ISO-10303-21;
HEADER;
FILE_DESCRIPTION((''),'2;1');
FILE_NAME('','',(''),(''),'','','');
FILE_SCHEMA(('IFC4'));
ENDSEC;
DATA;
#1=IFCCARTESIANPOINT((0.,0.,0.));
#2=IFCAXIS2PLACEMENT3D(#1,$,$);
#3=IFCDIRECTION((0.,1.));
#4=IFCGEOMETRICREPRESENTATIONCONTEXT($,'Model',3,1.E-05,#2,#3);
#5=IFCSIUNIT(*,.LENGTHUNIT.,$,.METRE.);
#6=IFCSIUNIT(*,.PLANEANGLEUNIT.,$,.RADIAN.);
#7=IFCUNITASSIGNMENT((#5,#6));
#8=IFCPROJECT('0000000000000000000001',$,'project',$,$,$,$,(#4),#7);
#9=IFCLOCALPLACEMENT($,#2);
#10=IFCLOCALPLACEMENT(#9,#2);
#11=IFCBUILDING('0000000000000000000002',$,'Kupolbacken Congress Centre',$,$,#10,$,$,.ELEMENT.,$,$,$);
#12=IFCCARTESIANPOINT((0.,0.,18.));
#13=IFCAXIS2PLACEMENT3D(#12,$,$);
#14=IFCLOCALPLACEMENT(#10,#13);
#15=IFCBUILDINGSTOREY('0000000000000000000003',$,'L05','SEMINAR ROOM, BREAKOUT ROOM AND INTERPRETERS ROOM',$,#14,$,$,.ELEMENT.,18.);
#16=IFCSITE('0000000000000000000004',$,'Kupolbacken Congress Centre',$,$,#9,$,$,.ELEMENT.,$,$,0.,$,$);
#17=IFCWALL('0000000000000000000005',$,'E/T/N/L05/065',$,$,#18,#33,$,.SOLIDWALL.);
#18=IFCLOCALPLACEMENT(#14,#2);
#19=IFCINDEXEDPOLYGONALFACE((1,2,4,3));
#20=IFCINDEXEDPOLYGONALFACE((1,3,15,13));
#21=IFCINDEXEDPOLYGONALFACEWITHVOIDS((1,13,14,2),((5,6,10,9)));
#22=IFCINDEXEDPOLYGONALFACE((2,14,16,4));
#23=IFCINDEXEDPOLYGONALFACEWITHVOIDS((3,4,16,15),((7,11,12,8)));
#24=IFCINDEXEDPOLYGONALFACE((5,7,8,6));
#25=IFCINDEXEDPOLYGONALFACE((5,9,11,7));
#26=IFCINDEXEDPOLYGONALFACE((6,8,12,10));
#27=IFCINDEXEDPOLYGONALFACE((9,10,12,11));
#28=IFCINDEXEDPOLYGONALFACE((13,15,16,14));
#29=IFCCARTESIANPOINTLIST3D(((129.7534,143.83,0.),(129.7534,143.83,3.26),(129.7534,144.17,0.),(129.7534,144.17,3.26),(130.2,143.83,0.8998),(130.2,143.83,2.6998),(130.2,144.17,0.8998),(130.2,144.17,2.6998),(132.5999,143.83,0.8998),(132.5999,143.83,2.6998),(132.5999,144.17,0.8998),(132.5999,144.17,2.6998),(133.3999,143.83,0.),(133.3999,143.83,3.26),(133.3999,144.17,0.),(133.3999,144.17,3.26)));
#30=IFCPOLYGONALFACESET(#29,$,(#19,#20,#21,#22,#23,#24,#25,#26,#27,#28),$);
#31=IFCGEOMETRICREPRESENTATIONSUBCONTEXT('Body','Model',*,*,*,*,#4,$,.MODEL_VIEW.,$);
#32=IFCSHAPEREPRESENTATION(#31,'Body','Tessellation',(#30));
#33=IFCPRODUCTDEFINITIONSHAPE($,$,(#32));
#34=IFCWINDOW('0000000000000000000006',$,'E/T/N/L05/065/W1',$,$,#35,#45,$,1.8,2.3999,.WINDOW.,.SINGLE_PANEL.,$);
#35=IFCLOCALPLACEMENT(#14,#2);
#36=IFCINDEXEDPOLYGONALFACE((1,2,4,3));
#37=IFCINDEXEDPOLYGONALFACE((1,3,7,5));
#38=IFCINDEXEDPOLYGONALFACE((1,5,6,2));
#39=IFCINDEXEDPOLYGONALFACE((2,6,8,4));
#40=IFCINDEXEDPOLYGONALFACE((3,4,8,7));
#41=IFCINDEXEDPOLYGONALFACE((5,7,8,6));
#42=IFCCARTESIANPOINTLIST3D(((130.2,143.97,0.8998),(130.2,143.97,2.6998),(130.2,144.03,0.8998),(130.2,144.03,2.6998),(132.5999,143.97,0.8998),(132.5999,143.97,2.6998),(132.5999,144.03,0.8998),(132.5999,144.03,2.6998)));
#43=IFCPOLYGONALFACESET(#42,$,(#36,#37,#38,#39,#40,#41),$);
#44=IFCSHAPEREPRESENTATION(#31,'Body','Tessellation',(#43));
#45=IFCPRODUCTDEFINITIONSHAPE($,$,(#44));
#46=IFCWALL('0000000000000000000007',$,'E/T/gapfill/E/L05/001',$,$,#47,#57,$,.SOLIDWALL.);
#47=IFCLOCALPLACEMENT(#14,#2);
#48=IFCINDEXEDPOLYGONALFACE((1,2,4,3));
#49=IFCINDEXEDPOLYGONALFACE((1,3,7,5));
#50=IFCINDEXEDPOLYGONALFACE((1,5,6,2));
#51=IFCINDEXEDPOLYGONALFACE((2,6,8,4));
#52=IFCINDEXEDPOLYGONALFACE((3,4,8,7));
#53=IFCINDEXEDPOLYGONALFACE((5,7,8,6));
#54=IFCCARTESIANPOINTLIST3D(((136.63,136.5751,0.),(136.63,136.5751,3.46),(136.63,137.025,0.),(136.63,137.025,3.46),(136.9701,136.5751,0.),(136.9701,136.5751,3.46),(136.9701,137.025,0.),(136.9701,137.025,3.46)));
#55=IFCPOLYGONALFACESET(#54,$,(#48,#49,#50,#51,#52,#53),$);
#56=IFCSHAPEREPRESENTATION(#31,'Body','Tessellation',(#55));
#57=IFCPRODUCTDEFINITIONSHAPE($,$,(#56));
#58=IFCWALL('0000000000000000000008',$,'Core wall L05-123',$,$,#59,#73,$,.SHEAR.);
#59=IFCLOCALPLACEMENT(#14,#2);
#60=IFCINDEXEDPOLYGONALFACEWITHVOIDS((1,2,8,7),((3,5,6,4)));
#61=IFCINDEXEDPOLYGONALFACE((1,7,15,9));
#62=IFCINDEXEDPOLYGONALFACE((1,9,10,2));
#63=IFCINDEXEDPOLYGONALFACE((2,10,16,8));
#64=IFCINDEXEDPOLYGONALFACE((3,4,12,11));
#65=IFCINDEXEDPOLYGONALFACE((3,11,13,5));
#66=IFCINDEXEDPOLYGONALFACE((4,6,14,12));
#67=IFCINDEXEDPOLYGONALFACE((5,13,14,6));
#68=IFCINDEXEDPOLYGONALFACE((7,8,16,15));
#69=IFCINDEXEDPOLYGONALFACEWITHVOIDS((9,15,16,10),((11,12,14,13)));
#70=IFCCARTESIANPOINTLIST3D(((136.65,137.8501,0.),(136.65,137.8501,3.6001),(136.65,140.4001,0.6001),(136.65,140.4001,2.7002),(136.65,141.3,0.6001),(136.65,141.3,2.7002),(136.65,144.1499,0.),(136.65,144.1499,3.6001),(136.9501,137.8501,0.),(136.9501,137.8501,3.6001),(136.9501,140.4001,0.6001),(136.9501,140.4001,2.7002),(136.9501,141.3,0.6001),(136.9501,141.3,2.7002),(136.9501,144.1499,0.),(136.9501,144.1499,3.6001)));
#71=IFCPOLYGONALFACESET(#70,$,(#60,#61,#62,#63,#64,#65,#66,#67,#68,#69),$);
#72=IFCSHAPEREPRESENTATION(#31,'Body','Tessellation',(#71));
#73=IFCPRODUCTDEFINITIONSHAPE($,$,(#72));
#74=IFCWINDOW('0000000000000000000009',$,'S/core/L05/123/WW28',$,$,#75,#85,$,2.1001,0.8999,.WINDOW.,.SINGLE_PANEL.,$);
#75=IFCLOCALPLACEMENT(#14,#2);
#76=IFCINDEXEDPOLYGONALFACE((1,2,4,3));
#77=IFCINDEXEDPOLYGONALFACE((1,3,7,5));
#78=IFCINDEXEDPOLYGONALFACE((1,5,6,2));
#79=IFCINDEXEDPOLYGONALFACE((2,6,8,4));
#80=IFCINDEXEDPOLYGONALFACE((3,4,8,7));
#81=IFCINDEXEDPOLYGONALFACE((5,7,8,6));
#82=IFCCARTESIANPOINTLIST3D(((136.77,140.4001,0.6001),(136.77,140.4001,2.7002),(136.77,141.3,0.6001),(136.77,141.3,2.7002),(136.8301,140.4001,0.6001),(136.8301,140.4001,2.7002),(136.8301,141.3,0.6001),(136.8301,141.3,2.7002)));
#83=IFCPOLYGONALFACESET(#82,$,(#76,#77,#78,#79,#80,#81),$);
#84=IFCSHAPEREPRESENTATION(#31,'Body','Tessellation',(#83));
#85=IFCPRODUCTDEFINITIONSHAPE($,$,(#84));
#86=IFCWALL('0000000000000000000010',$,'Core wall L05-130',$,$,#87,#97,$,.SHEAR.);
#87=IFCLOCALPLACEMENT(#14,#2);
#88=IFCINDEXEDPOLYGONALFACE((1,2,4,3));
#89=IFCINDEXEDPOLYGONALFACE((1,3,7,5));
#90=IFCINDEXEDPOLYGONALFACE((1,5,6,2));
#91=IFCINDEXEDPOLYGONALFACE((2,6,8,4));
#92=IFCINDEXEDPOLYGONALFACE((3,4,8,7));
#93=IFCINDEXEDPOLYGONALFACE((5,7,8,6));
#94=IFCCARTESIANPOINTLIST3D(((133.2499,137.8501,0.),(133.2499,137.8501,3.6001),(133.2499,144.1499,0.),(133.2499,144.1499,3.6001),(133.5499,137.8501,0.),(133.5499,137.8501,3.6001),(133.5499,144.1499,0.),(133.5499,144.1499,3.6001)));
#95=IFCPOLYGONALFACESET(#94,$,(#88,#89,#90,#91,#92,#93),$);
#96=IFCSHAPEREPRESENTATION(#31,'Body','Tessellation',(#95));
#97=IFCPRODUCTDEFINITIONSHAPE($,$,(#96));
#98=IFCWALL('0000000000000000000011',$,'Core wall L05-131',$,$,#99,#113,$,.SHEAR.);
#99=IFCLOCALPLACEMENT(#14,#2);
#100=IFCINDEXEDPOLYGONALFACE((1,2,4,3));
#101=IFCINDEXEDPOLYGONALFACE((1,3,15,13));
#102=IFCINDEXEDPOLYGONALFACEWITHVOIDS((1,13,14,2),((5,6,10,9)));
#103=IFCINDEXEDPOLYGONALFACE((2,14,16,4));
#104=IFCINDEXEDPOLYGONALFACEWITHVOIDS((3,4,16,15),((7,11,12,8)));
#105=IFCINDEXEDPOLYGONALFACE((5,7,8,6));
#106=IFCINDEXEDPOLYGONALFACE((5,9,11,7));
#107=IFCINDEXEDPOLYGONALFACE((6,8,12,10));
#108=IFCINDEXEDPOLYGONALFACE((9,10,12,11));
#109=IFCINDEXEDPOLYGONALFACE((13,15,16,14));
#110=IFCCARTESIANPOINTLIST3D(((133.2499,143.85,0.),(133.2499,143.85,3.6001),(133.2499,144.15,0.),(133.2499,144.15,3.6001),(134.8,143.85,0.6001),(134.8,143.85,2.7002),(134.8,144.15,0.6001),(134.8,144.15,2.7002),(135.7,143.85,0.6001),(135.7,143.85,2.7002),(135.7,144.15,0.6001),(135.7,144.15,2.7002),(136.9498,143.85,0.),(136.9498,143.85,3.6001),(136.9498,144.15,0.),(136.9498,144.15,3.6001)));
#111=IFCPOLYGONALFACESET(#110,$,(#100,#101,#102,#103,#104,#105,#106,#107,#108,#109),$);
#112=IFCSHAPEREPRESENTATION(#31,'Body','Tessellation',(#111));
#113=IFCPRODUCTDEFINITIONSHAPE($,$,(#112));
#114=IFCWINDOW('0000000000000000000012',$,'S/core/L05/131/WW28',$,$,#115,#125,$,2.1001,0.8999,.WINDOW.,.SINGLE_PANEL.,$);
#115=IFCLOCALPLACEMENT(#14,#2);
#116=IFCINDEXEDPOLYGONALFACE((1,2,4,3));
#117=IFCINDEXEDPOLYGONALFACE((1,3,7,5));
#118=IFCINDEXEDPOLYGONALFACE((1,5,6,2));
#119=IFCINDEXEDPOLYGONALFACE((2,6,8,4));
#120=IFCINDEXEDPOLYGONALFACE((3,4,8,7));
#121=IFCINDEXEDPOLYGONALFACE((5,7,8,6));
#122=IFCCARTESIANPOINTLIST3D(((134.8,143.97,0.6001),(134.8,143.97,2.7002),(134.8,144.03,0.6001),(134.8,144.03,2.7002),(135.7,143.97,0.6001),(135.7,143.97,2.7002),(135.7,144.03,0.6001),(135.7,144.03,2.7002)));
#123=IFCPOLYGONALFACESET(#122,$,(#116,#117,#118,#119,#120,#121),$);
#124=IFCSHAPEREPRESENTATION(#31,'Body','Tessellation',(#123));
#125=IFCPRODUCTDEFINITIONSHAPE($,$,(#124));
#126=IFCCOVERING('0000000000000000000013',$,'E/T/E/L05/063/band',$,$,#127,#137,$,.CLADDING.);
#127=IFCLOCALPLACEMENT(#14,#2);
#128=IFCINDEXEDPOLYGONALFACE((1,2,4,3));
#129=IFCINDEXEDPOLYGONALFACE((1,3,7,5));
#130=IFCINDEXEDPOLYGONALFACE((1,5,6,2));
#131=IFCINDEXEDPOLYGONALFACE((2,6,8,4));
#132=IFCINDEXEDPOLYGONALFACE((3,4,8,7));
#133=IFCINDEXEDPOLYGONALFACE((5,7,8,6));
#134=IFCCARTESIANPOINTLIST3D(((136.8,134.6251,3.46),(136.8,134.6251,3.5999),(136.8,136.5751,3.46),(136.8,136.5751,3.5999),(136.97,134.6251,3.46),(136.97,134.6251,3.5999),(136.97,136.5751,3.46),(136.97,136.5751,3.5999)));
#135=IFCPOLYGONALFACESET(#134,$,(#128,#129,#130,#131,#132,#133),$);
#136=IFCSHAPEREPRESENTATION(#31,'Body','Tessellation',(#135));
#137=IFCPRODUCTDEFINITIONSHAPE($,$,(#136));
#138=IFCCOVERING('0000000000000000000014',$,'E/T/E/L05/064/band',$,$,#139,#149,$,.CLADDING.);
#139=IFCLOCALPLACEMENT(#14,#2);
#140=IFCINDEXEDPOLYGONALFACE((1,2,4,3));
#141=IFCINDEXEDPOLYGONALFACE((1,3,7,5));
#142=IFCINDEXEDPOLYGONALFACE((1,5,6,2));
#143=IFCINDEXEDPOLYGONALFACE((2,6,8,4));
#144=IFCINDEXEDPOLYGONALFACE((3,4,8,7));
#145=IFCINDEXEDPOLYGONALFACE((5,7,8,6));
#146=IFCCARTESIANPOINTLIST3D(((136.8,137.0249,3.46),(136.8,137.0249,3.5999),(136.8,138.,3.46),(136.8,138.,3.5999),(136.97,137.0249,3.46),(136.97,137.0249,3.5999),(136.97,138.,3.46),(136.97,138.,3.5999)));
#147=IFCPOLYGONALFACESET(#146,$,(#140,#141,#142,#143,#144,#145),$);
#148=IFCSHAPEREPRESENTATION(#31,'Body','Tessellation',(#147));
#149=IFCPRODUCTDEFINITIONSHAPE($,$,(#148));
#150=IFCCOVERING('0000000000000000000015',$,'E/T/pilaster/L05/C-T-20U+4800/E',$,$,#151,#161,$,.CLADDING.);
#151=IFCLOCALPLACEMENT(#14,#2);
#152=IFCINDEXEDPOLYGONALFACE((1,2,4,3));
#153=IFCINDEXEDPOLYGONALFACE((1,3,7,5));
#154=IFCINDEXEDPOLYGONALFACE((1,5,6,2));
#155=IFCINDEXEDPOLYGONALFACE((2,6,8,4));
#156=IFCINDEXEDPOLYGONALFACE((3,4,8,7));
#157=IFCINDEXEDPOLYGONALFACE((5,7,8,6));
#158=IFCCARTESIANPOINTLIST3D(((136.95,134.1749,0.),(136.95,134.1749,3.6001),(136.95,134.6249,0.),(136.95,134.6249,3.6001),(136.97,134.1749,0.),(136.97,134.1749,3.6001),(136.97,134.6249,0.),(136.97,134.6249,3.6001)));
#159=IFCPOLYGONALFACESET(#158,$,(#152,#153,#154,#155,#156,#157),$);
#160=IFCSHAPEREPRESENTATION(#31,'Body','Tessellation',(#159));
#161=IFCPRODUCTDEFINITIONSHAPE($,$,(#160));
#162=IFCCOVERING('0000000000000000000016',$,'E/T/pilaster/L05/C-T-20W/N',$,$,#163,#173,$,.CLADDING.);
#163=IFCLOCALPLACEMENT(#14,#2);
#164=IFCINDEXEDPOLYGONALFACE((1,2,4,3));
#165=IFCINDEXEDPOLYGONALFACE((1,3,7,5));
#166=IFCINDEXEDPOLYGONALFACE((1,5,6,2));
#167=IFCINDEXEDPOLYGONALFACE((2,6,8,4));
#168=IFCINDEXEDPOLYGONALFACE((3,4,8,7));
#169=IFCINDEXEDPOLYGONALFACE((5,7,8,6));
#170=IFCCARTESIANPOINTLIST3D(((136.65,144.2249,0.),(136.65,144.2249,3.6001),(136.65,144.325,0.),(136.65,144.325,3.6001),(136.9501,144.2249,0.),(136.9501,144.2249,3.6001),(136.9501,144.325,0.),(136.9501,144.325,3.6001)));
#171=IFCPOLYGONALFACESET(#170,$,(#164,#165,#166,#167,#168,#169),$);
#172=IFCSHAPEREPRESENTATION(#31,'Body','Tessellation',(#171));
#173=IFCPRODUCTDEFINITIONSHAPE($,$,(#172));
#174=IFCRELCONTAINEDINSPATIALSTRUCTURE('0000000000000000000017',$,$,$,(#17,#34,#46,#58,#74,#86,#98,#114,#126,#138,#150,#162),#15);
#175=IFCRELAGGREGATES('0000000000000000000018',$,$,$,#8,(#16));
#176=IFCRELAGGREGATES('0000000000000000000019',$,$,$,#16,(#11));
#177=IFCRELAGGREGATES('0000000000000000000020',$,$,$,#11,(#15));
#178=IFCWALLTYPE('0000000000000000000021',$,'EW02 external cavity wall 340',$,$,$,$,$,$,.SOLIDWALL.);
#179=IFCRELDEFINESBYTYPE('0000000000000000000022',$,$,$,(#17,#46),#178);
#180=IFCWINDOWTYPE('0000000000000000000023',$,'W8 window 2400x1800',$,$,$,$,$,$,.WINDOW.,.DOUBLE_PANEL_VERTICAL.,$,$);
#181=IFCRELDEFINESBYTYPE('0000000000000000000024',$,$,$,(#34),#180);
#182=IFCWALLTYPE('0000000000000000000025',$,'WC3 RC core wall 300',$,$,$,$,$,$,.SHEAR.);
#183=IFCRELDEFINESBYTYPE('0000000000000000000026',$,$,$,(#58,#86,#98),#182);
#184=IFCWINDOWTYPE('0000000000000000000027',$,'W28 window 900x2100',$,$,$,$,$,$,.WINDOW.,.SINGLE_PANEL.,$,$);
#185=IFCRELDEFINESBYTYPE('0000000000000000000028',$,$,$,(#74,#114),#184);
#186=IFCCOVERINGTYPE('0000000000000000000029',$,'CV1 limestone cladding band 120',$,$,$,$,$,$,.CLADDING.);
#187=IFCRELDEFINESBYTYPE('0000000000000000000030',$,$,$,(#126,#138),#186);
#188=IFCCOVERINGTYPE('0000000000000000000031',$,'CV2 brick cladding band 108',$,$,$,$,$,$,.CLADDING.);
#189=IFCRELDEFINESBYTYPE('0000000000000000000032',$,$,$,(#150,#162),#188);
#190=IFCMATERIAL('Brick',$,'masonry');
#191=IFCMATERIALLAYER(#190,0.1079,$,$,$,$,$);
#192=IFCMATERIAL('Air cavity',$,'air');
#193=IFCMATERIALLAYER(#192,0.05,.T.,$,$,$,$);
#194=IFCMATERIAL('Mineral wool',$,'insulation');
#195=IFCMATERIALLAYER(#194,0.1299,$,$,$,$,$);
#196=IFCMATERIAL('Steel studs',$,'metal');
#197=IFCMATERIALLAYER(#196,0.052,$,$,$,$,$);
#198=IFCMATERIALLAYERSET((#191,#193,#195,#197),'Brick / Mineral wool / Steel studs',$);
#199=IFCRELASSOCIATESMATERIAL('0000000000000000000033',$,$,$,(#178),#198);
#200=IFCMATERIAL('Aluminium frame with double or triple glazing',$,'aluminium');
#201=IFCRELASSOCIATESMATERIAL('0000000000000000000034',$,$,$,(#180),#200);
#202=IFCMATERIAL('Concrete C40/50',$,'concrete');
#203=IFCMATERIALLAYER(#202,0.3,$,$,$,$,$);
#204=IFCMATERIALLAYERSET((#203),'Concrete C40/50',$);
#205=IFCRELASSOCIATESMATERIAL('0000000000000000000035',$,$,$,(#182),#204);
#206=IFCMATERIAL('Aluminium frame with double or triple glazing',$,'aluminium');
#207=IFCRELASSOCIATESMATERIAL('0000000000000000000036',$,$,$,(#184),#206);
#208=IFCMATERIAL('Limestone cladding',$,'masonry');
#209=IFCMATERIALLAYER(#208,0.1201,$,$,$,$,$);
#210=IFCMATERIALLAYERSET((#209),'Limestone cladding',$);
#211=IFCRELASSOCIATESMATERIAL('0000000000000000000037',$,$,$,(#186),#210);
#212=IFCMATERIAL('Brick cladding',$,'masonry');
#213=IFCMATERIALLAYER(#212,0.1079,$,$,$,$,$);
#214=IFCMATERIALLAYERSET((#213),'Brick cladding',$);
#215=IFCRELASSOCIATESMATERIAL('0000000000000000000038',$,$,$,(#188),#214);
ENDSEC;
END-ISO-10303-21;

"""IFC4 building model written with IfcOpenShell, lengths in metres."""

from ifc_helpers import new_model, si_unit, direction, frame, frame_2d, origin, origin_2d, place, context, subcontext, project, spatial, rectangle, extrude, material, layer, layer_set, type_object, element, fill, save


model = new_model("IFC4")

# Units and contexts
model_context = context("Model", 3, precision=1e-05, world=origin(), true_north=direction((0.0, 1.0)))
body_context = subcontext(model_context, "Body", "Model", "MODEL_VIEW")
ifc_project = project(units=[si_unit("LENGTHUNIT", "METRE"), si_unit("PLANEANGLEUNIT", "RADIAN")], contexts=[model_context])

# Site, building, storey
site_placement = place(None, origin())
site = spatial("IfcSite", under=ifc_project, at=site_placement, Name="Kupolbacken Congress Centre", CompositionType="ELEMENT", RefElevation=0.0)
building_placement = place(site_placement, origin())
building = spatial("IfcBuilding", under=site, at=building_placement, Name="Kupolbacken Congress Centre", CompositionType="ELEMENT")
storey_placement = place(building_placement, frame((0.0, 0.0, 18.0)))
storey = spatial("IfcBuildingStorey", under=building, at=storey_placement, Name="L05", Description="SEMINAR ROOM, BREAKOUT ROOM AND INTERPRETERS ROOM", CompositionType="ELEMENT", Elevation=18.0)

# Shared definitions
ifc_material_1 = material(Name="Brick", Category="masonry")
ifc_layer_1 = layer(ifc_material_1, 0.1079)
ifc_material_2 = material(Name="Air cavity", Category="air")
ifc_layer_2 = layer(ifc_material_2, 0.05, ventilated=True)
ifc_material_3 = material(Name="Mineral wool", Category="insulation")
ifc_layer_3 = layer(ifc_material_3, 0.1299)
ifc_material_4 = material(Name="Steel studs", Category="metal")
ifc_layer_4 = layer(ifc_material_4, 0.052)
ifc_layer_set_1 = layer_set([ifc_layer_1, ifc_layer_2, ifc_layer_3, ifc_layer_4], Name="Brick / Mineral wool / Steel studs")
wall_type_1 = type_object("IfcWallType", Name="EW02 external cavity wall 340", PredefinedType="SOLIDWALL", material=ifc_layer_set_1)

# Wall, opening, window
wall_1_placement = place(storey_placement, frame((133.3999, 144.0, 0.0), z_axis=(0.0, 0.0, 1.0), x_axis=(-1.0, 0.0, 0.0)))
wall_1 = element("IfcWall", 1, at=wall_1_placement, inside=storey, type_object=wall_type_1, Name="E/T/N/L05/065", PredefinedType="SOLIDWALL", context=body_context, shape_type="SweptSolid", body=[
    extrude(rectangle(XDim=3.6465, YDim=0.3401, at=frame_2d((1.8232, 0.0))), origin(), (0.0, 0.0, 1.0), 3.26),
])
opening_1_placement = place(wall_1_placement, frame((0.8, 0.0, 0.8999)))
opening_1 = element("IfcOpeningElement", 2, at=opening_1_placement, cuts=wall_1, PredefinedType="OPENING", context=body_context, shape_type="SweptSolid", body=[
    extrude(rectangle(XDim=2.3999, YDim=1.8, at=frame_2d((1.2, 0.8999))), frame((0.0, 0.1799, 0.0), z_axis=(0.0, -1.0, 0.0), x_axis=(1.0, 0.0, 0.0)), (0.0, 0.0, 1.0), 0.3601),
])
ifc_material_5 = material(Name="Aluminium frame with double or triple glazing", Category="aluminium")
window_type_1 = type_object("IfcWindowType", Name="W8 window 2400x1800", PartitioningType="DOUBLE_PANEL_VERTICAL", PredefinedType="WINDOW", material=ifc_material_5)
window_1_placement = place(opening_1_placement, origin())
window_1 = element("IfcWindow", 3, at=window_1_placement, inside=storey, type_object=window_type_1, Name="E/T/N/L05/065/W1", OverallHeight=1.8, OverallWidth=2.3999, PartitioningType="SINGLE_PANEL", PredefinedType="WINDOW", context=body_context, shape_type="SweptSolid", body=[
    extrude(rectangle(XDim=2.3999, YDim=1.8, at=frame_2d((1.2, 0.8999))), frame((0.0, 0.03, 0.0), z_axis=(0.0, -1.0, 0.0), x_axis=(1.0, 0.0, 0.0)), (0.0, 0.0, 1.0), 0.0601),
])
fill(opening_1, window_1)

# Wall
wall_2_placement = place(storey_placement, frame((136.8, 136.575, 0.0), z_axis=(0.0, 0.0, 1.0), x_axis=(0.0, 1.0, 0.0)))
element("IfcWall", 4, at=wall_2_placement, inside=storey, type_object=wall_type_1, Name="E/T/gapfill/E/L05/001", PredefinedType="SOLIDWALL", context=body_context, shape_type="SweptSolid", body=[
    extrude(rectangle(XDim=0.45, YDim=0.3401, at=frame_2d((0.2251, 0.0))), origin(), (0.0, 0.0, 1.0), 3.46),
])

# Wall, opening, window
ifc_material_6 = material(Name="Concrete C40/50", Category="concrete")
ifc_layer_5 = layer(ifc_material_6, 0.3)
ifc_layer_set_2 = layer_set([ifc_layer_5], Name="Concrete C40/50")
wall_type_2 = type_object("IfcWallType", Name="WC3 RC core wall 300", PredefinedType="SHEAR", material=ifc_layer_set_2)
wall_3_placement = place(storey_placement, frame((136.8, 137.8501, 0.0), z_axis=(0.0, 0.0, 1.0), x_axis=(0.0, 1.0, 0.0)))
wall_3 = element("IfcWall", 5, at=wall_3_placement, inside=storey, type_object=wall_type_2, Name="Core wall L05-123", PredefinedType="SHEAR", context=body_context, shape_type="SweptSolid", body=[
    extrude(rectangle(XDim=6.2998, YDim=0.3, at=frame_2d((3.1499, 0.0))), origin(), (0.0, 0.0, 1.0), 3.6001),
])
opening_2_placement = place(wall_3_placement, frame((2.55, 0.0, 0.6001)))
opening_2 = element("IfcOpeningElement", 6, at=opening_2_placement, cuts=wall_3, PredefinedType="OPENING", context=body_context, shape_type="SweptSolid", body=[
    extrude(rectangle(XDim=0.8999, YDim=2.1001, at=frame_2d((0.45, 1.05))), frame((0.0, 0.1599, 0.0), z_axis=(0.0, -1.0, 0.0), x_axis=(1.0, 0.0, 0.0)), (0.0, 0.0, 1.0), 0.3201),
])
ifc_material_7 = material(Name="Aluminium frame with double or triple glazing", Category="aluminium")
window_type_2 = type_object("IfcWindowType", Name="W28 window 900x2100", PartitioningType="SINGLE_PANEL", PredefinedType="WINDOW", material=ifc_material_7)
window_2_placement = place(opening_2_placement, origin())
window_2 = element("IfcWindow", 7, at=window_2_placement, inside=storey, type_object=window_type_2, Name="S/core/L05/123/WW28", OverallHeight=2.1001, OverallWidth=0.8999, PartitioningType="SINGLE_PANEL", PredefinedType="WINDOW", context=body_context, shape_type="SweptSolid", body=[
    extrude(rectangle(XDim=0.8999, YDim=2.1001, at=frame_2d((0.45, 1.05))), frame((0.0, 0.03, 0.0), z_axis=(0.0, -1.0, 0.0), x_axis=(1.0, 0.0, 0.0)), (0.0, 0.0, 1.0), 0.0601),
])
fill(opening_2, window_2)

# Wall
wall_4_placement = place(storey_placement, frame((133.3999, 144.1499, 0.0), z_axis=(0.0, 0.0, 1.0), x_axis=(0.0, -1.0, 0.0)))
element("IfcWall", 8, at=wall_4_placement, inside=storey, type_object=wall_type_2, Name="Core wall L05-130", PredefinedType="SHEAR", context=body_context, shape_type="SweptSolid", body=[
    extrude(rectangle(XDim=6.2998, YDim=0.3, at=frame_2d((3.1499, 0.0))), origin(), (0.0, 0.0, 1.0), 3.6001),
])

# Wall, opening, window
wall_5_placement = place(storey_placement, frame((136.95, 144.0, 0.0), z_axis=(0.0, 0.0, 1.0), x_axis=(-1.0, 0.0, 0.0)))
wall_5 = element("IfcWall", 9, at=wall_5_placement, inside=storey, type_object=wall_type_2, Name="Core wall L05-131", PredefinedType="SHEAR", context=body_context, shape_type="SweptSolid", body=[
    extrude(rectangle(XDim=3.7, YDim=0.3, at=frame_2d((1.8501, 0.0))), origin(), (0.0, 0.0, 1.0), 3.6001),
])
opening_3_placement = place(wall_5_placement, frame((1.25, 0.0, 0.6001)))
opening_3 = element("IfcOpeningElement", 10, at=opening_3_placement, cuts=wall_5, PredefinedType="OPENING", context=body_context, shape_type="SweptSolid", body=[
    extrude(rectangle(XDim=0.8999, YDim=2.1001, at=frame_2d((0.45, 1.05))), frame((0.0, 0.1599, 0.0), z_axis=(0.0, -1.0, 0.0), x_axis=(1.0, 0.0, 0.0)), (0.0, 0.0, 1.0), 0.3201),
])
window_3_placement = place(opening_3_placement, origin())
window_3 = element("IfcWindow", 11, at=window_3_placement, inside=storey, type_object=window_type_2, Name="S/core/L05/131/WW28", OverallHeight=2.1001, OverallWidth=0.8999, PartitioningType="SINGLE_PANEL", PredefinedType="WINDOW", context=body_context, shape_type="SweptSolid", body=[
    extrude(rectangle(XDim=0.8999, YDim=2.1001, at=frame_2d((0.45, 1.05))), frame((0.0, 0.03, 0.0), z_axis=(0.0, -1.0, 0.0), x_axis=(1.0, 0.0, 0.0)), (0.0, 0.0, 1.0), 0.0601),
])
fill(opening_3, window_3)

# Coverings
ifc_material_8 = material(Name="Limestone cladding", Category="masonry")
ifc_layer_6 = layer(ifc_material_8, 0.1201)
ifc_layer_set_3 = layer_set([ifc_layer_6], Name="Limestone cladding")
covering_type_1 = type_object("IfcCoveringType", Name="CV1 limestone cladding band 120", PredefinedType="CLADDING", material=ifc_layer_set_3)
covering_1_placement = place(storey_placement, frame((136.885, 135.6001, 3.46), z_axis=(0.0, 0.0, 1.0), x_axis=(0.0, 1.0, 0.0)))
element("IfcCovering", 12, at=covering_1_placement, inside=storey, type_object=covering_type_1, Name="E/T/E/L05/063/band", PredefinedType="CLADDING", context=body_context, shape_type="SweptSolid", body=[
    extrude(rectangle(XDim=1.95, YDim=0.1699, at=origin_2d()), origin(), (0.0, 0.0, 1.0), 0.1399),
])
covering_2_placement = place(storey_placement, frame((136.885, 137.5125, 3.46), z_axis=(0.0, 0.0, 1.0), x_axis=(0.0, 1.0, 0.0)))
element("IfcCovering", 13, at=covering_2_placement, inside=storey, type_object=covering_type_1, Name="E/T/E/L05/064/band", PredefinedType="CLADDING", context=body_context, shape_type="SweptSolid", body=[
    extrude(rectangle(XDim=0.9751, YDim=0.1699, at=origin_2d()), origin(), (0.0, 0.0, 1.0), 0.1399),
])
ifc_material_9 = material(Name="Brick cladding", Category="masonry")
ifc_layer_7 = layer(ifc_material_9, 0.1079)
ifc_layer_set_4 = layer_set([ifc_layer_7], Name="Brick cladding")
covering_type_2 = type_object("IfcCoveringType", Name="CV2 brick cladding band 108", PredefinedType="CLADDING", material=ifc_layer_set_4)
covering_3_placement = place(storey_placement, frame((136.96, 134.3999, 0.0), z_axis=(0.0, 0.0, 1.0), x_axis=(1.0, 0.0, 0.0)))
element("IfcCovering", 14, at=covering_3_placement, inside=storey, type_object=covering_type_2, Name="E/T/pilaster/L05/C-T-20U+4800/E", PredefinedType="CLADDING", context=body_context, shape_type="SweptSolid", body=[
    extrude(rectangle(XDim=0.02, YDim=0.45, at=origin_2d()), origin(), (0.0, 0.0, 1.0), 3.6001),
])
covering_4_placement = place(storey_placement, frame((136.8, 144.2749, 0.0), z_axis=(0.0, 0.0, 1.0), x_axis=(1.0, 0.0, 0.0)))
element("IfcCovering", 15, at=covering_4_placement, inside=storey, type_object=covering_type_2, Name="E/T/pilaster/L05/C-T-20W/N", PredefinedType="CLADDING", context=body_context, shape_type="SweptSolid", body=[
    extrude(rectangle(XDim=0.3, YDim=0.1001, at=origin_2d()), origin(), (0.0, 0.0, 1.0), 3.6001),
])

save(model, "model.ifc")
